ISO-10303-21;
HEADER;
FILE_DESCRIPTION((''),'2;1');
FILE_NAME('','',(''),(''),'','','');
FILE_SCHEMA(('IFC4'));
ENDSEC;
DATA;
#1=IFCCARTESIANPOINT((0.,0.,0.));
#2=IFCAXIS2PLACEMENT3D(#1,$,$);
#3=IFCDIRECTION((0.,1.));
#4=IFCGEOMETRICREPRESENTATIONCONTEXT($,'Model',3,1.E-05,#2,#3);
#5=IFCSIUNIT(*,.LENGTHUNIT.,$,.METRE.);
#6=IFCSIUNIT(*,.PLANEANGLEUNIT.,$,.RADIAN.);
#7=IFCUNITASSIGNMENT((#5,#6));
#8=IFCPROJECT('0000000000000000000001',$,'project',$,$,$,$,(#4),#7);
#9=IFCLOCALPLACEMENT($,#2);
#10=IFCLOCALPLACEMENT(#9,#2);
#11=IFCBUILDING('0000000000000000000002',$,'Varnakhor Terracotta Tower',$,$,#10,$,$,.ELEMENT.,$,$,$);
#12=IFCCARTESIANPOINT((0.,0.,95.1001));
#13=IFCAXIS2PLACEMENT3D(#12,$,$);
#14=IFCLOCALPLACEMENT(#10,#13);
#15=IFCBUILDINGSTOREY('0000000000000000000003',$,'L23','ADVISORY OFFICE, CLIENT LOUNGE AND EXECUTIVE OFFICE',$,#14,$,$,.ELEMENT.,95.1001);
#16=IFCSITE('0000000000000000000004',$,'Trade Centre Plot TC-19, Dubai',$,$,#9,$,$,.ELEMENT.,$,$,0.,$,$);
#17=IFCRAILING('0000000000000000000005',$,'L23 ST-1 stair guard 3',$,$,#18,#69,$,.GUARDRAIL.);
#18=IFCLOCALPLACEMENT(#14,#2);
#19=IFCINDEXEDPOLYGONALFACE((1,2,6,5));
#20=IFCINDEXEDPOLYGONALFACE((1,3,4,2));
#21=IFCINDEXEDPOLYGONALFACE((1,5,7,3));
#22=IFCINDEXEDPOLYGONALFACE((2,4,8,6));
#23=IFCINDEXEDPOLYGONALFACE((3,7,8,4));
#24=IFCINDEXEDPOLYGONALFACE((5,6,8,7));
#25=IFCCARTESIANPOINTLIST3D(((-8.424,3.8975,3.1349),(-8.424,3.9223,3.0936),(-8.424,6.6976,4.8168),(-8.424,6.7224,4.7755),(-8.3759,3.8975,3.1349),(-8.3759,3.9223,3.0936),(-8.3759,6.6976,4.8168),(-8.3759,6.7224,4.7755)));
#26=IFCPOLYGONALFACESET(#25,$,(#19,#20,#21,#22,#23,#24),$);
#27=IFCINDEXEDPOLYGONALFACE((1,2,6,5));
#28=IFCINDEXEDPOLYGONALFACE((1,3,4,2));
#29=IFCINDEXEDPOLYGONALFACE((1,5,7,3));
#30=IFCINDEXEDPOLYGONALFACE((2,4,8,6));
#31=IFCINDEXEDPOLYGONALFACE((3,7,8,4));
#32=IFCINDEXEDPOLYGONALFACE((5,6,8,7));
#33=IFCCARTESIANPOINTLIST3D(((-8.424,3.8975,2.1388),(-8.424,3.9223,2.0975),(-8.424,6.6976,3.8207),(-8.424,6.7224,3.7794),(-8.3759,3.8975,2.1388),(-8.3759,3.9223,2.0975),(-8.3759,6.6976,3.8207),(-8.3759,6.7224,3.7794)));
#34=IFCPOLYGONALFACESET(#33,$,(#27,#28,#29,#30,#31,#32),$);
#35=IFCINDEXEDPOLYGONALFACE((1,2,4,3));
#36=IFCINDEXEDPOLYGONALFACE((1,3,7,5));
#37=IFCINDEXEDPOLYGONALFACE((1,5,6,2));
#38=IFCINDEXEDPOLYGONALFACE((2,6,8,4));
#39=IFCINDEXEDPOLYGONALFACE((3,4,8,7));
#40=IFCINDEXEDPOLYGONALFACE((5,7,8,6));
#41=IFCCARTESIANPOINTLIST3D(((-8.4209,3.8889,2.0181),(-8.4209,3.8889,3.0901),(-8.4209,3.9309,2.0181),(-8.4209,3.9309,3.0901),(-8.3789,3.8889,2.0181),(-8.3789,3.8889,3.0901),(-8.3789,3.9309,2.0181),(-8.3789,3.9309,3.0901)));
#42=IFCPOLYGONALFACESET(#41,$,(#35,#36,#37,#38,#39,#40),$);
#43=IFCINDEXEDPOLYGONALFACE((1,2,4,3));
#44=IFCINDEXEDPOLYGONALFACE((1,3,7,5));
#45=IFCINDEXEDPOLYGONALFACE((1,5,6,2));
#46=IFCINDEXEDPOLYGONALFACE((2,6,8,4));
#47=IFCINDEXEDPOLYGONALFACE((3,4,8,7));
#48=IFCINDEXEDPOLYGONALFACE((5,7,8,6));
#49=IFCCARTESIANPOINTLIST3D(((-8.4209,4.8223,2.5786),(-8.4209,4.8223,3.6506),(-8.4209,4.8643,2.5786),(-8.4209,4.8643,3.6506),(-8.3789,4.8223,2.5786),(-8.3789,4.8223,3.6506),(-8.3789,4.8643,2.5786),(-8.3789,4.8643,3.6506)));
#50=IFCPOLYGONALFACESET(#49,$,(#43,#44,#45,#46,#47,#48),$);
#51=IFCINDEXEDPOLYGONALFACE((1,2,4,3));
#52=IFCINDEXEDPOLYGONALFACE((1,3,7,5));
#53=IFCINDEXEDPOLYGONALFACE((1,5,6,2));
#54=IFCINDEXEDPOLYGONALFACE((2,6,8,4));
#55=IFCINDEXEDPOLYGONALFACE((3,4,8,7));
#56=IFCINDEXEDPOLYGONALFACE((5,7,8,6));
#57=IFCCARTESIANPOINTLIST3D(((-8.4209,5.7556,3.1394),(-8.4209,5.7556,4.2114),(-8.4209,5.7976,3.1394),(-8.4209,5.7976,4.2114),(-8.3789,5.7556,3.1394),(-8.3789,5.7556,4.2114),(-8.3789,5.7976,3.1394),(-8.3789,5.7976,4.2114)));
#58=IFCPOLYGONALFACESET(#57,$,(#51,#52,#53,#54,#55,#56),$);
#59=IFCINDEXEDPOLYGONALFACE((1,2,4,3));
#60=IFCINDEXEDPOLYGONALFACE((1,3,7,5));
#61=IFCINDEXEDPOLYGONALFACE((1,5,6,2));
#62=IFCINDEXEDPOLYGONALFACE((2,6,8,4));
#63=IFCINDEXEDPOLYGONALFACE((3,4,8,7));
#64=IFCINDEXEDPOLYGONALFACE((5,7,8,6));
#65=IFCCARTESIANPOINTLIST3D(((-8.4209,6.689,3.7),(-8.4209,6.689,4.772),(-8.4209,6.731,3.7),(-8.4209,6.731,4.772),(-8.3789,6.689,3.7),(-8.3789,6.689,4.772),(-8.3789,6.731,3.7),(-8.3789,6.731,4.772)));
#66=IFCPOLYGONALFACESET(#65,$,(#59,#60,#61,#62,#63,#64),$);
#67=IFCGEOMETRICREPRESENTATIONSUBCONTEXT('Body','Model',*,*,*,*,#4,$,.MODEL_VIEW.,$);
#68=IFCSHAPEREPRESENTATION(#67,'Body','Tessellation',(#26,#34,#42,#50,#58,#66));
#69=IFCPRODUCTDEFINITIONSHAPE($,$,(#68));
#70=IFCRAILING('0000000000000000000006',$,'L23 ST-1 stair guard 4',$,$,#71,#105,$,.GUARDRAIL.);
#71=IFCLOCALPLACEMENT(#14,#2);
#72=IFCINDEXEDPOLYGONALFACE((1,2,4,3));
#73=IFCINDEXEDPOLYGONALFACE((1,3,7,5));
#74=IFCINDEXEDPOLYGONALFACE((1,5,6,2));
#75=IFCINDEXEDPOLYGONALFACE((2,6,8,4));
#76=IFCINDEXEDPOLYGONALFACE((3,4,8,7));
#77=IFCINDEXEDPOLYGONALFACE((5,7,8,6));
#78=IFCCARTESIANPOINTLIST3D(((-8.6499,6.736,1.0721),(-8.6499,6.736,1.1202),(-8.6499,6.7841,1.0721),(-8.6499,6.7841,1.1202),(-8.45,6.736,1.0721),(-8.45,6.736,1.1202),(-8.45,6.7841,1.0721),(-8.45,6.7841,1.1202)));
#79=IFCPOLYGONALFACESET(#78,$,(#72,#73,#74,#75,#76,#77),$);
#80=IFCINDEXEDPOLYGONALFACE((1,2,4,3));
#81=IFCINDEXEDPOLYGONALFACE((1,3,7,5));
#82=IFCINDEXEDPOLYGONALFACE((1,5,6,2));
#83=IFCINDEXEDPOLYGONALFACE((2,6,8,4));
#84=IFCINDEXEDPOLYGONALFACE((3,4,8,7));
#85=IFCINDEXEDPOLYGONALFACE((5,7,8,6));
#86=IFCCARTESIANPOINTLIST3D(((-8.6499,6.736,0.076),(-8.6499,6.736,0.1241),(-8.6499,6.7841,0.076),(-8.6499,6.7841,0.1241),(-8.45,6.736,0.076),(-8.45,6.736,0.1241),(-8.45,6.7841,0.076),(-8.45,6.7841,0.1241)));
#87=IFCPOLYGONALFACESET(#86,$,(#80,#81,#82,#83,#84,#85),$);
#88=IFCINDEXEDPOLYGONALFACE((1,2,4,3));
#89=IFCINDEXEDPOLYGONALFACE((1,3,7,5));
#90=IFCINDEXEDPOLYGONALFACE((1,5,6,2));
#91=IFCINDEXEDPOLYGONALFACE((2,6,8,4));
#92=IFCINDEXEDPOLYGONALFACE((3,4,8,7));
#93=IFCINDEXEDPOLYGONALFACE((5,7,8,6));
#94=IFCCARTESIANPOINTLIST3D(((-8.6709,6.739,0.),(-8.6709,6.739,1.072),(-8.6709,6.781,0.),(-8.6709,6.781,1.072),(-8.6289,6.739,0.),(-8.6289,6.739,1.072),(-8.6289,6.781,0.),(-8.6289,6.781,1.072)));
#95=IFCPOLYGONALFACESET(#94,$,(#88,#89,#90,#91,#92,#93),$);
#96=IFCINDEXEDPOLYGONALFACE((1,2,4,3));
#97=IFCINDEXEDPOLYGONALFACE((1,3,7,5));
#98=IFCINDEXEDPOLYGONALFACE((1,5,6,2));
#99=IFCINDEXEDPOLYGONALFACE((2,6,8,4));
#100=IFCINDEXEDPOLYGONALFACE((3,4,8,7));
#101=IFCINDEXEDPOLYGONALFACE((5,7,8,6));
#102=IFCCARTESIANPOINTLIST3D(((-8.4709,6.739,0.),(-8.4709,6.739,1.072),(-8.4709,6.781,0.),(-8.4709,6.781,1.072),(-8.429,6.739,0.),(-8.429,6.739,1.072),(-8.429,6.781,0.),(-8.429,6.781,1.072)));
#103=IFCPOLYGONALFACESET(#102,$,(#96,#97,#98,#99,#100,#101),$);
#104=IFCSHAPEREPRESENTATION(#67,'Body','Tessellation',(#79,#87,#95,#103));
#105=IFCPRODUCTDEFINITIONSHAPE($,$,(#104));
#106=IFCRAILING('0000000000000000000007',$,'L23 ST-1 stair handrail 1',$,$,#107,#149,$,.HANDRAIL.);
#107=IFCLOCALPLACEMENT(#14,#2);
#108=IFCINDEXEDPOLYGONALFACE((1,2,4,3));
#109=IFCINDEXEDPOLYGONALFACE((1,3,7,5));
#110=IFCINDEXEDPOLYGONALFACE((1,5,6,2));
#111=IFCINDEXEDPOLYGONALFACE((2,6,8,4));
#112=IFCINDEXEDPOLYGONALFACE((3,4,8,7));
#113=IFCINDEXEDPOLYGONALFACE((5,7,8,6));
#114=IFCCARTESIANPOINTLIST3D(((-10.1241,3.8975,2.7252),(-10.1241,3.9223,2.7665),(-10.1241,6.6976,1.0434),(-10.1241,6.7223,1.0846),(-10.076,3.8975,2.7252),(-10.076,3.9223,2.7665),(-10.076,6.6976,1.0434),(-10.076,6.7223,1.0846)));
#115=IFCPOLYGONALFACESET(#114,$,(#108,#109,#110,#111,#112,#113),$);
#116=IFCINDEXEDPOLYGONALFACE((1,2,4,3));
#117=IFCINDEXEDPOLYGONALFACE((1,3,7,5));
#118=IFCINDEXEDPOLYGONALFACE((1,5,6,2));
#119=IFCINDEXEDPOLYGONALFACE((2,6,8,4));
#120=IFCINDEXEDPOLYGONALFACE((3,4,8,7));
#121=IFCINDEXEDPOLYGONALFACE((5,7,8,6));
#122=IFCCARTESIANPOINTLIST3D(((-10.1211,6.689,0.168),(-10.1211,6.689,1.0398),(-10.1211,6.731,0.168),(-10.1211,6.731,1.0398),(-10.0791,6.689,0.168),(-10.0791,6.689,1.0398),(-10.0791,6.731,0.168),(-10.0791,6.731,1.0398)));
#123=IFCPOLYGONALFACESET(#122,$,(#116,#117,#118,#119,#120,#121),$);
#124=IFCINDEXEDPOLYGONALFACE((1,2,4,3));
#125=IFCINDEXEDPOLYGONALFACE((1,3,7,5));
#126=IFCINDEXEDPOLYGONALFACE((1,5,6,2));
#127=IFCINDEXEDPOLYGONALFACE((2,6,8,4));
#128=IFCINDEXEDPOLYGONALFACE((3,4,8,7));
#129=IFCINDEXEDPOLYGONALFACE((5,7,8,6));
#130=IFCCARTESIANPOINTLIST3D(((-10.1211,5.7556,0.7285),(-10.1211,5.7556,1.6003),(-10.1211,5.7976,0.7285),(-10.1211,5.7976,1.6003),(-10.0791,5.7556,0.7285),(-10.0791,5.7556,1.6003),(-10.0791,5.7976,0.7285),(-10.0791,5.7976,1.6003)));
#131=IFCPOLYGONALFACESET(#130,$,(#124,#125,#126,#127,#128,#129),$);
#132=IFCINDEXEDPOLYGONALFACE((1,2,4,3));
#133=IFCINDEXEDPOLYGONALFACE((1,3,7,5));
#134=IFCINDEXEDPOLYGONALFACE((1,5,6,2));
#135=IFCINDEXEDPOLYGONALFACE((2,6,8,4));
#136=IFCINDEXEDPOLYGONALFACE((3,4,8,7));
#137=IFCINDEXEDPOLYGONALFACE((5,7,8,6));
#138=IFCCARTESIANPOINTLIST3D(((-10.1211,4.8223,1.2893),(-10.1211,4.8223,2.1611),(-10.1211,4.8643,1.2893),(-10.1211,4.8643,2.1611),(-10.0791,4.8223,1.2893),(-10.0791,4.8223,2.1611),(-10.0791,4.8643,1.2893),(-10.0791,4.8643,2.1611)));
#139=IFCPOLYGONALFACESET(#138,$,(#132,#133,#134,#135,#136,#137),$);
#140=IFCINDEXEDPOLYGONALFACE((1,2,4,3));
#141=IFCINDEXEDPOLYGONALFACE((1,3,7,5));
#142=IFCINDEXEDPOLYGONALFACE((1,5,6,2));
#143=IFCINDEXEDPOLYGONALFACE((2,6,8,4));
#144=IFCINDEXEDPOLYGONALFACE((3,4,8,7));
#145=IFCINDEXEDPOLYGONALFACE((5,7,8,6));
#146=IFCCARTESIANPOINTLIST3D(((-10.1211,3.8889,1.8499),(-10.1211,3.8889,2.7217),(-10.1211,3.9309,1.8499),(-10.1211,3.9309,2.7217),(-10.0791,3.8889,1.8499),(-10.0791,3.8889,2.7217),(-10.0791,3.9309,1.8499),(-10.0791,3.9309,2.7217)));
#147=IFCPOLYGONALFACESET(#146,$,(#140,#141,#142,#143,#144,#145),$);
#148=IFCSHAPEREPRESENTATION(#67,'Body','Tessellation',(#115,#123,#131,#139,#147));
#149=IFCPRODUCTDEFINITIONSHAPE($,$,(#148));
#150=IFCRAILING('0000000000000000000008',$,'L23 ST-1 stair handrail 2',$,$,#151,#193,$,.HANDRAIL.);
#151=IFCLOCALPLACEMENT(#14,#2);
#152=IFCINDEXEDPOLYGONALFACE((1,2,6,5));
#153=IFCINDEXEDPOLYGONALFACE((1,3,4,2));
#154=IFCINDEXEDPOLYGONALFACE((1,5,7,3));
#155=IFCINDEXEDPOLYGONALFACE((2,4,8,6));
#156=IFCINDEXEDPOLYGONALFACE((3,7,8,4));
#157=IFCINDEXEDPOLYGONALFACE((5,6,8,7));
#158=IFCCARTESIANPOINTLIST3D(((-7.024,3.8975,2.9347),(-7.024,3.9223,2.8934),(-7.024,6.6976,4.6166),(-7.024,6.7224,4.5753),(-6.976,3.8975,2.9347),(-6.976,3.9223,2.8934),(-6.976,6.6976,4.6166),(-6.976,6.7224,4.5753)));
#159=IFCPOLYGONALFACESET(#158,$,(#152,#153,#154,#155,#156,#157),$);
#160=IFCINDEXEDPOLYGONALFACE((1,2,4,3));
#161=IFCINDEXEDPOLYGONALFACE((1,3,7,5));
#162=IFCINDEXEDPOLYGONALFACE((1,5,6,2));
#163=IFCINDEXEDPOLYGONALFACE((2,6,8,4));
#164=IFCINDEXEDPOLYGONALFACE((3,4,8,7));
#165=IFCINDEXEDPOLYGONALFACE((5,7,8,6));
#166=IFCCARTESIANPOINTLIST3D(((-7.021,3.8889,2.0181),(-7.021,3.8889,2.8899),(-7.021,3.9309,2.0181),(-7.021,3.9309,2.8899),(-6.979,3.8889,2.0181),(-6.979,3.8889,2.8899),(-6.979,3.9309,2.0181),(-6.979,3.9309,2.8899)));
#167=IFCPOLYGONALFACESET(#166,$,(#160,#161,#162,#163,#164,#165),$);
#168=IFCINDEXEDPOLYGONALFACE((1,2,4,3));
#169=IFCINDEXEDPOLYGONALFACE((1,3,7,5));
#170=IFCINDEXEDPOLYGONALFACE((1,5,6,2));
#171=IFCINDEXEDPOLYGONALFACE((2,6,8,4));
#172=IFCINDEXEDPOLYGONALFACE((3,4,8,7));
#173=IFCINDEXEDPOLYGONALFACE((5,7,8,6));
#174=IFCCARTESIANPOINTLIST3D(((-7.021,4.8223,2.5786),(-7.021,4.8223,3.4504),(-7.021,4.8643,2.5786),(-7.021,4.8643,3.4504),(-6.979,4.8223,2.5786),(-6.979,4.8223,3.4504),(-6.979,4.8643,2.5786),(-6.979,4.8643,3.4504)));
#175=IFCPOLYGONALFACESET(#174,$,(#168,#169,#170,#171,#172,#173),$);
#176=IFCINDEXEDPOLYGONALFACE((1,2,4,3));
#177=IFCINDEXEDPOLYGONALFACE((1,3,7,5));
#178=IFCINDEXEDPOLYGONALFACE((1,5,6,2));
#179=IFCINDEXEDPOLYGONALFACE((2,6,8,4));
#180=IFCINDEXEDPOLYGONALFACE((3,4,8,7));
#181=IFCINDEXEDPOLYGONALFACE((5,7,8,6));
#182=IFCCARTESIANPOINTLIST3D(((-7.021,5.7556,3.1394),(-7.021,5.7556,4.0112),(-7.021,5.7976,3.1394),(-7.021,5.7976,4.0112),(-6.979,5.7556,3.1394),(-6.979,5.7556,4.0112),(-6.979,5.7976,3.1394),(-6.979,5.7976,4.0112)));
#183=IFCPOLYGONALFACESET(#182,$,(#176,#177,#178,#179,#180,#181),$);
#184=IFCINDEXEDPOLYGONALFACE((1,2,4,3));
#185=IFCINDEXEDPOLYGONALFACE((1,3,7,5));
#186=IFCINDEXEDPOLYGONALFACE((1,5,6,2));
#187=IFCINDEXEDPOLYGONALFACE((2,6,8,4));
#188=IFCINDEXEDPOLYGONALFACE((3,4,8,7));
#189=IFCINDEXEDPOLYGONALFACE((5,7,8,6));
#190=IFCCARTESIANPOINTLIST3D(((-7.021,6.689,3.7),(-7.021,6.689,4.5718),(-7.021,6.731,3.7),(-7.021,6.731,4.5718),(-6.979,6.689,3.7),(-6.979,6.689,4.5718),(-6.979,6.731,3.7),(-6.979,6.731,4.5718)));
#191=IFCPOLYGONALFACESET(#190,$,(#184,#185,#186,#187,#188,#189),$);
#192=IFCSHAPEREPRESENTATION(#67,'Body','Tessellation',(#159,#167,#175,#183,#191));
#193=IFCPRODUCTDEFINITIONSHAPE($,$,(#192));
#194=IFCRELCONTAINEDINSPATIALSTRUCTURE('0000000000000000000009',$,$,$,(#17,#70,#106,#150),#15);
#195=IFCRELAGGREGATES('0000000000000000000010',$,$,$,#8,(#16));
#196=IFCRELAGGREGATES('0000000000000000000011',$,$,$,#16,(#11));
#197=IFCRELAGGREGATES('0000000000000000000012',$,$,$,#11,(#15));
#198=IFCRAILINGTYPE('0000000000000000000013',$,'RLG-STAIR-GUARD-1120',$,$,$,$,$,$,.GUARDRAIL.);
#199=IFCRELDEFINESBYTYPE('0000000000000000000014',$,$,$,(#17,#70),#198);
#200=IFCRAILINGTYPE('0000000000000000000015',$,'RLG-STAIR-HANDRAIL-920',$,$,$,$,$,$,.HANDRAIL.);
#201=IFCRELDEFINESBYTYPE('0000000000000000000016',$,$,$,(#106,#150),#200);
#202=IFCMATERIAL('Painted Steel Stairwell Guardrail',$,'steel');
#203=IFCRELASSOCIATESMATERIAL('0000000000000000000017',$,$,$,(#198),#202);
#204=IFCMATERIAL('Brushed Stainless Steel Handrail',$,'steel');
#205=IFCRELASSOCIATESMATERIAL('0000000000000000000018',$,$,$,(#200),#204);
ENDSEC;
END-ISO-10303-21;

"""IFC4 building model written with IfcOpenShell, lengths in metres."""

from ifc_helpers import new_model, si_unit, direction, frame, origin, origin_2d, place, context, subcontext, project, spatial, rectangle, extrude, material, type_object, element, save


model = new_model("IFC4")

# Units and contexts
model_context = context("Model", 3, precision=1e-05, world=origin(), true_north=direction((0.0, 1.0)))
body_context = subcontext(model_context, "Body", "Model", "MODEL_VIEW")
ifc_project = project(units=[si_unit("LENGTHUNIT", "METRE"), si_unit("PLANEANGLEUNIT", "RADIAN")], contexts=[model_context])

# Site, building, storey
site_placement = place(None, origin())
site = spatial("IfcSite", under=ifc_project, at=site_placement, Name="Trade Centre Plot TC-19, Dubai", CompositionType="ELEMENT", RefElevation=0.0)
building_placement = place(site_placement, origin())
building = spatial("IfcBuilding", under=site, at=building_placement, Name="Varnakhor Terracotta Tower", CompositionType="ELEMENT")
storey_placement = place(building_placement, frame((0.0, 0.0, 95.1001)))
storey = spatial("IfcBuildingStorey", under=building, at=storey_placement, Name="L23", Description="ADVISORY OFFICE, CLIENT LOUNGE AND EXECUTIVE OFFICE", CompositionType="ELEMENT", Elevation=95.1001)

# Railings
ifc_material_1 = material(Name="Painted Steel Stairwell Guardrail", Category="steel")
railing_type_1 = type_object("IfcRailingType", Name="RLG-STAIR-GUARD-1120", PredefinedType="GUARDRAIL", material=ifc_material_1)
railing_1_placement = place(storey_placement, frame((-8.3999, 3.9099, 2.0181)))
element("IfcRailing", 1, at=railing_1_placement, inside=storey, type_object=railing_type_1, Name="L23 ST-1 stair guard 3", PredefinedType="GUARDRAIL", context=body_context, shape_type="SweptSolid", body=[
    extrude(rectangle(XDim=0.0481, YDim=0.0481, at=origin_2d()), frame((0.0, 0.0, 1.0962), z_axis=(0.0, 0.857242, 0.514913), x_axis=(-1.0, 0.0, 0.0)), (0.0, 0.0, 1.0), 3.2664),
    extrude(rectangle(XDim=0.0481, YDim=0.0481, at=origin_2d()), frame((0.0, 0.0, 0.1001), z_axis=(0.0, 0.857242, 0.514913), x_axis=(-1.0, 0.0, 0.0)), (0.0, 0.0, 1.0), 3.2664),
    extrude(rectangle(XDim=0.042, YDim=0.042, at=origin_2d()), origin(), (0.0, 0.0, 1.0), 1.072),
    extrude(rectangle(XDim=0.042, YDim=0.042, at=origin_2d()), frame((0.0, 0.9333, 0.5605)), (0.0, 0.0, 1.0), 1.072),
    extrude(rectangle(XDim=0.042, YDim=0.042, at=origin_2d()), frame((0.0, 1.8667, 1.1213)), (0.0, 0.0, 1.0), 1.072),
    extrude(rectangle(XDim=0.042, YDim=0.042, at=origin_2d()), frame((0.0, 2.8, 1.6819)), (0.0, 0.0, 1.0), 1.072),
])
railing_2_placement = place(storey_placement, frame((-8.6499, 6.76, 0.0)))
element("IfcRailing", 2, at=railing_2_placement, inside=storey, type_object=railing_type_1, Name="L23 ST-1 stair guard 4", PredefinedType="GUARDRAIL", context=body_context, shape_type="SweptSolid", body=[
    extrude(rectangle(XDim=0.0481, YDim=0.0481, at=origin_2d()), frame((0.0, 0.0, 1.0962), z_axis=(1.0, 0.0, 0.0), x_axis=(0.0, 1.0, 0.0)), (0.0, 0.0, 1.0), 0.2),
    extrude(rectangle(XDim=0.0481, YDim=0.0481, at=origin_2d()), frame((0.0, 0.0, 0.1001), z_axis=(1.0, 0.0, 0.0), x_axis=(0.0, 1.0, 0.0)), (0.0, 0.0, 1.0), 0.2),
    extrude(rectangle(XDim=0.042, YDim=0.042, at=origin_2d()), origin(), (0.0, 0.0, 1.0), 1.072),
    extrude(rectangle(XDim=0.042, YDim=0.042, at=origin_2d()), frame((0.2, 0.0, 0.0)), (0.0, 0.0, 1.0), 1.072),
])
ifc_material_2 = material(Name="Brushed Stainless Steel Handrail", Category="steel")
railing_type_2 = type_object("IfcRailingType", Name="RLG-STAIR-HANDRAIL-920", PredefinedType="HANDRAIL", material=ifc_material_2)
railing_3_placement = place(storey_placement, frame((-10.1001, 6.71, 0.168)))
element("IfcRailing", 3, at=railing_3_placement, inside=storey, type_object=railing_type_2, Name="L23 ST-1 stair handrail 1", PredefinedType="HANDRAIL", context=body_context, shape_type="SweptSolid", body=[
    extrude(rectangle(XDim=0.0481, YDim=0.0481, at=origin_2d()), frame((0.0, 0.0, 0.896), z_axis=(0.0, -0.857242, 0.514913), x_axis=(1.0, 0.0, 0.0)), (0.0, 0.0, 1.0), 3.2664),
    extrude(rectangle(XDim=0.042, YDim=0.042, at=origin_2d()), origin(), (0.0, 0.0, 1.0), 0.8718),
    extrude(rectangle(XDim=0.042, YDim=0.042, at=origin_2d()), frame((0.0, -0.9333, 0.5605)), (0.0, 0.0, 1.0), 0.8718),
    extrude(rectangle(XDim=0.042, YDim=0.042, at=origin_2d()), frame((0.0, -1.8667, 1.1213)), (0.0, 0.0, 1.0), 0.8718),
    extrude(rectangle(XDim=0.042, YDim=0.042, at=origin_2d()), frame((0.0, -2.8, 1.6819)), (0.0, 0.0, 1.0), 0.8718),
])
railing_4_placement = place(storey_placement, frame((-7.0, 3.9099, 2.0181)))
element("IfcRailing", 4, at=railing_4_placement, inside=storey, type_object=railing_type_2, Name="L23 ST-1 stair handrail 2", PredefinedType="HANDRAIL", context=body_context, shape_type="SweptSolid", body=[
    extrude(rectangle(XDim=0.0481, YDim=0.0481, at=origin_2d()), frame((0.0, 0.0, 0.896), z_axis=(0.0, 0.857242, 0.514913), x_axis=(-1.0, 0.0, 0.0)), (0.0, 0.0, 1.0), 3.2664),
    extrude(rectangle(XDim=0.042, YDim=0.042, at=origin_2d()), origin(), (0.0, 0.0, 1.0), 0.8718),
    extrude(rectangle(XDim=0.042, YDim=0.042, at=origin_2d()), frame((0.0, 0.9333, 0.5605)), (0.0, 0.0, 1.0), 0.8718),
    extrude(rectangle(XDim=0.042, YDim=0.042, at=origin_2d()), frame((0.0, 1.8667, 1.1213)), (0.0, 0.0, 1.0), 0.8718),
    extrude(rectangle(XDim=0.042, YDim=0.042, at=origin_2d()), frame((0.0, 2.8, 1.6819)), (0.0, 0.0, 1.0), 0.8718),
])

save(model, "model.ifc")
